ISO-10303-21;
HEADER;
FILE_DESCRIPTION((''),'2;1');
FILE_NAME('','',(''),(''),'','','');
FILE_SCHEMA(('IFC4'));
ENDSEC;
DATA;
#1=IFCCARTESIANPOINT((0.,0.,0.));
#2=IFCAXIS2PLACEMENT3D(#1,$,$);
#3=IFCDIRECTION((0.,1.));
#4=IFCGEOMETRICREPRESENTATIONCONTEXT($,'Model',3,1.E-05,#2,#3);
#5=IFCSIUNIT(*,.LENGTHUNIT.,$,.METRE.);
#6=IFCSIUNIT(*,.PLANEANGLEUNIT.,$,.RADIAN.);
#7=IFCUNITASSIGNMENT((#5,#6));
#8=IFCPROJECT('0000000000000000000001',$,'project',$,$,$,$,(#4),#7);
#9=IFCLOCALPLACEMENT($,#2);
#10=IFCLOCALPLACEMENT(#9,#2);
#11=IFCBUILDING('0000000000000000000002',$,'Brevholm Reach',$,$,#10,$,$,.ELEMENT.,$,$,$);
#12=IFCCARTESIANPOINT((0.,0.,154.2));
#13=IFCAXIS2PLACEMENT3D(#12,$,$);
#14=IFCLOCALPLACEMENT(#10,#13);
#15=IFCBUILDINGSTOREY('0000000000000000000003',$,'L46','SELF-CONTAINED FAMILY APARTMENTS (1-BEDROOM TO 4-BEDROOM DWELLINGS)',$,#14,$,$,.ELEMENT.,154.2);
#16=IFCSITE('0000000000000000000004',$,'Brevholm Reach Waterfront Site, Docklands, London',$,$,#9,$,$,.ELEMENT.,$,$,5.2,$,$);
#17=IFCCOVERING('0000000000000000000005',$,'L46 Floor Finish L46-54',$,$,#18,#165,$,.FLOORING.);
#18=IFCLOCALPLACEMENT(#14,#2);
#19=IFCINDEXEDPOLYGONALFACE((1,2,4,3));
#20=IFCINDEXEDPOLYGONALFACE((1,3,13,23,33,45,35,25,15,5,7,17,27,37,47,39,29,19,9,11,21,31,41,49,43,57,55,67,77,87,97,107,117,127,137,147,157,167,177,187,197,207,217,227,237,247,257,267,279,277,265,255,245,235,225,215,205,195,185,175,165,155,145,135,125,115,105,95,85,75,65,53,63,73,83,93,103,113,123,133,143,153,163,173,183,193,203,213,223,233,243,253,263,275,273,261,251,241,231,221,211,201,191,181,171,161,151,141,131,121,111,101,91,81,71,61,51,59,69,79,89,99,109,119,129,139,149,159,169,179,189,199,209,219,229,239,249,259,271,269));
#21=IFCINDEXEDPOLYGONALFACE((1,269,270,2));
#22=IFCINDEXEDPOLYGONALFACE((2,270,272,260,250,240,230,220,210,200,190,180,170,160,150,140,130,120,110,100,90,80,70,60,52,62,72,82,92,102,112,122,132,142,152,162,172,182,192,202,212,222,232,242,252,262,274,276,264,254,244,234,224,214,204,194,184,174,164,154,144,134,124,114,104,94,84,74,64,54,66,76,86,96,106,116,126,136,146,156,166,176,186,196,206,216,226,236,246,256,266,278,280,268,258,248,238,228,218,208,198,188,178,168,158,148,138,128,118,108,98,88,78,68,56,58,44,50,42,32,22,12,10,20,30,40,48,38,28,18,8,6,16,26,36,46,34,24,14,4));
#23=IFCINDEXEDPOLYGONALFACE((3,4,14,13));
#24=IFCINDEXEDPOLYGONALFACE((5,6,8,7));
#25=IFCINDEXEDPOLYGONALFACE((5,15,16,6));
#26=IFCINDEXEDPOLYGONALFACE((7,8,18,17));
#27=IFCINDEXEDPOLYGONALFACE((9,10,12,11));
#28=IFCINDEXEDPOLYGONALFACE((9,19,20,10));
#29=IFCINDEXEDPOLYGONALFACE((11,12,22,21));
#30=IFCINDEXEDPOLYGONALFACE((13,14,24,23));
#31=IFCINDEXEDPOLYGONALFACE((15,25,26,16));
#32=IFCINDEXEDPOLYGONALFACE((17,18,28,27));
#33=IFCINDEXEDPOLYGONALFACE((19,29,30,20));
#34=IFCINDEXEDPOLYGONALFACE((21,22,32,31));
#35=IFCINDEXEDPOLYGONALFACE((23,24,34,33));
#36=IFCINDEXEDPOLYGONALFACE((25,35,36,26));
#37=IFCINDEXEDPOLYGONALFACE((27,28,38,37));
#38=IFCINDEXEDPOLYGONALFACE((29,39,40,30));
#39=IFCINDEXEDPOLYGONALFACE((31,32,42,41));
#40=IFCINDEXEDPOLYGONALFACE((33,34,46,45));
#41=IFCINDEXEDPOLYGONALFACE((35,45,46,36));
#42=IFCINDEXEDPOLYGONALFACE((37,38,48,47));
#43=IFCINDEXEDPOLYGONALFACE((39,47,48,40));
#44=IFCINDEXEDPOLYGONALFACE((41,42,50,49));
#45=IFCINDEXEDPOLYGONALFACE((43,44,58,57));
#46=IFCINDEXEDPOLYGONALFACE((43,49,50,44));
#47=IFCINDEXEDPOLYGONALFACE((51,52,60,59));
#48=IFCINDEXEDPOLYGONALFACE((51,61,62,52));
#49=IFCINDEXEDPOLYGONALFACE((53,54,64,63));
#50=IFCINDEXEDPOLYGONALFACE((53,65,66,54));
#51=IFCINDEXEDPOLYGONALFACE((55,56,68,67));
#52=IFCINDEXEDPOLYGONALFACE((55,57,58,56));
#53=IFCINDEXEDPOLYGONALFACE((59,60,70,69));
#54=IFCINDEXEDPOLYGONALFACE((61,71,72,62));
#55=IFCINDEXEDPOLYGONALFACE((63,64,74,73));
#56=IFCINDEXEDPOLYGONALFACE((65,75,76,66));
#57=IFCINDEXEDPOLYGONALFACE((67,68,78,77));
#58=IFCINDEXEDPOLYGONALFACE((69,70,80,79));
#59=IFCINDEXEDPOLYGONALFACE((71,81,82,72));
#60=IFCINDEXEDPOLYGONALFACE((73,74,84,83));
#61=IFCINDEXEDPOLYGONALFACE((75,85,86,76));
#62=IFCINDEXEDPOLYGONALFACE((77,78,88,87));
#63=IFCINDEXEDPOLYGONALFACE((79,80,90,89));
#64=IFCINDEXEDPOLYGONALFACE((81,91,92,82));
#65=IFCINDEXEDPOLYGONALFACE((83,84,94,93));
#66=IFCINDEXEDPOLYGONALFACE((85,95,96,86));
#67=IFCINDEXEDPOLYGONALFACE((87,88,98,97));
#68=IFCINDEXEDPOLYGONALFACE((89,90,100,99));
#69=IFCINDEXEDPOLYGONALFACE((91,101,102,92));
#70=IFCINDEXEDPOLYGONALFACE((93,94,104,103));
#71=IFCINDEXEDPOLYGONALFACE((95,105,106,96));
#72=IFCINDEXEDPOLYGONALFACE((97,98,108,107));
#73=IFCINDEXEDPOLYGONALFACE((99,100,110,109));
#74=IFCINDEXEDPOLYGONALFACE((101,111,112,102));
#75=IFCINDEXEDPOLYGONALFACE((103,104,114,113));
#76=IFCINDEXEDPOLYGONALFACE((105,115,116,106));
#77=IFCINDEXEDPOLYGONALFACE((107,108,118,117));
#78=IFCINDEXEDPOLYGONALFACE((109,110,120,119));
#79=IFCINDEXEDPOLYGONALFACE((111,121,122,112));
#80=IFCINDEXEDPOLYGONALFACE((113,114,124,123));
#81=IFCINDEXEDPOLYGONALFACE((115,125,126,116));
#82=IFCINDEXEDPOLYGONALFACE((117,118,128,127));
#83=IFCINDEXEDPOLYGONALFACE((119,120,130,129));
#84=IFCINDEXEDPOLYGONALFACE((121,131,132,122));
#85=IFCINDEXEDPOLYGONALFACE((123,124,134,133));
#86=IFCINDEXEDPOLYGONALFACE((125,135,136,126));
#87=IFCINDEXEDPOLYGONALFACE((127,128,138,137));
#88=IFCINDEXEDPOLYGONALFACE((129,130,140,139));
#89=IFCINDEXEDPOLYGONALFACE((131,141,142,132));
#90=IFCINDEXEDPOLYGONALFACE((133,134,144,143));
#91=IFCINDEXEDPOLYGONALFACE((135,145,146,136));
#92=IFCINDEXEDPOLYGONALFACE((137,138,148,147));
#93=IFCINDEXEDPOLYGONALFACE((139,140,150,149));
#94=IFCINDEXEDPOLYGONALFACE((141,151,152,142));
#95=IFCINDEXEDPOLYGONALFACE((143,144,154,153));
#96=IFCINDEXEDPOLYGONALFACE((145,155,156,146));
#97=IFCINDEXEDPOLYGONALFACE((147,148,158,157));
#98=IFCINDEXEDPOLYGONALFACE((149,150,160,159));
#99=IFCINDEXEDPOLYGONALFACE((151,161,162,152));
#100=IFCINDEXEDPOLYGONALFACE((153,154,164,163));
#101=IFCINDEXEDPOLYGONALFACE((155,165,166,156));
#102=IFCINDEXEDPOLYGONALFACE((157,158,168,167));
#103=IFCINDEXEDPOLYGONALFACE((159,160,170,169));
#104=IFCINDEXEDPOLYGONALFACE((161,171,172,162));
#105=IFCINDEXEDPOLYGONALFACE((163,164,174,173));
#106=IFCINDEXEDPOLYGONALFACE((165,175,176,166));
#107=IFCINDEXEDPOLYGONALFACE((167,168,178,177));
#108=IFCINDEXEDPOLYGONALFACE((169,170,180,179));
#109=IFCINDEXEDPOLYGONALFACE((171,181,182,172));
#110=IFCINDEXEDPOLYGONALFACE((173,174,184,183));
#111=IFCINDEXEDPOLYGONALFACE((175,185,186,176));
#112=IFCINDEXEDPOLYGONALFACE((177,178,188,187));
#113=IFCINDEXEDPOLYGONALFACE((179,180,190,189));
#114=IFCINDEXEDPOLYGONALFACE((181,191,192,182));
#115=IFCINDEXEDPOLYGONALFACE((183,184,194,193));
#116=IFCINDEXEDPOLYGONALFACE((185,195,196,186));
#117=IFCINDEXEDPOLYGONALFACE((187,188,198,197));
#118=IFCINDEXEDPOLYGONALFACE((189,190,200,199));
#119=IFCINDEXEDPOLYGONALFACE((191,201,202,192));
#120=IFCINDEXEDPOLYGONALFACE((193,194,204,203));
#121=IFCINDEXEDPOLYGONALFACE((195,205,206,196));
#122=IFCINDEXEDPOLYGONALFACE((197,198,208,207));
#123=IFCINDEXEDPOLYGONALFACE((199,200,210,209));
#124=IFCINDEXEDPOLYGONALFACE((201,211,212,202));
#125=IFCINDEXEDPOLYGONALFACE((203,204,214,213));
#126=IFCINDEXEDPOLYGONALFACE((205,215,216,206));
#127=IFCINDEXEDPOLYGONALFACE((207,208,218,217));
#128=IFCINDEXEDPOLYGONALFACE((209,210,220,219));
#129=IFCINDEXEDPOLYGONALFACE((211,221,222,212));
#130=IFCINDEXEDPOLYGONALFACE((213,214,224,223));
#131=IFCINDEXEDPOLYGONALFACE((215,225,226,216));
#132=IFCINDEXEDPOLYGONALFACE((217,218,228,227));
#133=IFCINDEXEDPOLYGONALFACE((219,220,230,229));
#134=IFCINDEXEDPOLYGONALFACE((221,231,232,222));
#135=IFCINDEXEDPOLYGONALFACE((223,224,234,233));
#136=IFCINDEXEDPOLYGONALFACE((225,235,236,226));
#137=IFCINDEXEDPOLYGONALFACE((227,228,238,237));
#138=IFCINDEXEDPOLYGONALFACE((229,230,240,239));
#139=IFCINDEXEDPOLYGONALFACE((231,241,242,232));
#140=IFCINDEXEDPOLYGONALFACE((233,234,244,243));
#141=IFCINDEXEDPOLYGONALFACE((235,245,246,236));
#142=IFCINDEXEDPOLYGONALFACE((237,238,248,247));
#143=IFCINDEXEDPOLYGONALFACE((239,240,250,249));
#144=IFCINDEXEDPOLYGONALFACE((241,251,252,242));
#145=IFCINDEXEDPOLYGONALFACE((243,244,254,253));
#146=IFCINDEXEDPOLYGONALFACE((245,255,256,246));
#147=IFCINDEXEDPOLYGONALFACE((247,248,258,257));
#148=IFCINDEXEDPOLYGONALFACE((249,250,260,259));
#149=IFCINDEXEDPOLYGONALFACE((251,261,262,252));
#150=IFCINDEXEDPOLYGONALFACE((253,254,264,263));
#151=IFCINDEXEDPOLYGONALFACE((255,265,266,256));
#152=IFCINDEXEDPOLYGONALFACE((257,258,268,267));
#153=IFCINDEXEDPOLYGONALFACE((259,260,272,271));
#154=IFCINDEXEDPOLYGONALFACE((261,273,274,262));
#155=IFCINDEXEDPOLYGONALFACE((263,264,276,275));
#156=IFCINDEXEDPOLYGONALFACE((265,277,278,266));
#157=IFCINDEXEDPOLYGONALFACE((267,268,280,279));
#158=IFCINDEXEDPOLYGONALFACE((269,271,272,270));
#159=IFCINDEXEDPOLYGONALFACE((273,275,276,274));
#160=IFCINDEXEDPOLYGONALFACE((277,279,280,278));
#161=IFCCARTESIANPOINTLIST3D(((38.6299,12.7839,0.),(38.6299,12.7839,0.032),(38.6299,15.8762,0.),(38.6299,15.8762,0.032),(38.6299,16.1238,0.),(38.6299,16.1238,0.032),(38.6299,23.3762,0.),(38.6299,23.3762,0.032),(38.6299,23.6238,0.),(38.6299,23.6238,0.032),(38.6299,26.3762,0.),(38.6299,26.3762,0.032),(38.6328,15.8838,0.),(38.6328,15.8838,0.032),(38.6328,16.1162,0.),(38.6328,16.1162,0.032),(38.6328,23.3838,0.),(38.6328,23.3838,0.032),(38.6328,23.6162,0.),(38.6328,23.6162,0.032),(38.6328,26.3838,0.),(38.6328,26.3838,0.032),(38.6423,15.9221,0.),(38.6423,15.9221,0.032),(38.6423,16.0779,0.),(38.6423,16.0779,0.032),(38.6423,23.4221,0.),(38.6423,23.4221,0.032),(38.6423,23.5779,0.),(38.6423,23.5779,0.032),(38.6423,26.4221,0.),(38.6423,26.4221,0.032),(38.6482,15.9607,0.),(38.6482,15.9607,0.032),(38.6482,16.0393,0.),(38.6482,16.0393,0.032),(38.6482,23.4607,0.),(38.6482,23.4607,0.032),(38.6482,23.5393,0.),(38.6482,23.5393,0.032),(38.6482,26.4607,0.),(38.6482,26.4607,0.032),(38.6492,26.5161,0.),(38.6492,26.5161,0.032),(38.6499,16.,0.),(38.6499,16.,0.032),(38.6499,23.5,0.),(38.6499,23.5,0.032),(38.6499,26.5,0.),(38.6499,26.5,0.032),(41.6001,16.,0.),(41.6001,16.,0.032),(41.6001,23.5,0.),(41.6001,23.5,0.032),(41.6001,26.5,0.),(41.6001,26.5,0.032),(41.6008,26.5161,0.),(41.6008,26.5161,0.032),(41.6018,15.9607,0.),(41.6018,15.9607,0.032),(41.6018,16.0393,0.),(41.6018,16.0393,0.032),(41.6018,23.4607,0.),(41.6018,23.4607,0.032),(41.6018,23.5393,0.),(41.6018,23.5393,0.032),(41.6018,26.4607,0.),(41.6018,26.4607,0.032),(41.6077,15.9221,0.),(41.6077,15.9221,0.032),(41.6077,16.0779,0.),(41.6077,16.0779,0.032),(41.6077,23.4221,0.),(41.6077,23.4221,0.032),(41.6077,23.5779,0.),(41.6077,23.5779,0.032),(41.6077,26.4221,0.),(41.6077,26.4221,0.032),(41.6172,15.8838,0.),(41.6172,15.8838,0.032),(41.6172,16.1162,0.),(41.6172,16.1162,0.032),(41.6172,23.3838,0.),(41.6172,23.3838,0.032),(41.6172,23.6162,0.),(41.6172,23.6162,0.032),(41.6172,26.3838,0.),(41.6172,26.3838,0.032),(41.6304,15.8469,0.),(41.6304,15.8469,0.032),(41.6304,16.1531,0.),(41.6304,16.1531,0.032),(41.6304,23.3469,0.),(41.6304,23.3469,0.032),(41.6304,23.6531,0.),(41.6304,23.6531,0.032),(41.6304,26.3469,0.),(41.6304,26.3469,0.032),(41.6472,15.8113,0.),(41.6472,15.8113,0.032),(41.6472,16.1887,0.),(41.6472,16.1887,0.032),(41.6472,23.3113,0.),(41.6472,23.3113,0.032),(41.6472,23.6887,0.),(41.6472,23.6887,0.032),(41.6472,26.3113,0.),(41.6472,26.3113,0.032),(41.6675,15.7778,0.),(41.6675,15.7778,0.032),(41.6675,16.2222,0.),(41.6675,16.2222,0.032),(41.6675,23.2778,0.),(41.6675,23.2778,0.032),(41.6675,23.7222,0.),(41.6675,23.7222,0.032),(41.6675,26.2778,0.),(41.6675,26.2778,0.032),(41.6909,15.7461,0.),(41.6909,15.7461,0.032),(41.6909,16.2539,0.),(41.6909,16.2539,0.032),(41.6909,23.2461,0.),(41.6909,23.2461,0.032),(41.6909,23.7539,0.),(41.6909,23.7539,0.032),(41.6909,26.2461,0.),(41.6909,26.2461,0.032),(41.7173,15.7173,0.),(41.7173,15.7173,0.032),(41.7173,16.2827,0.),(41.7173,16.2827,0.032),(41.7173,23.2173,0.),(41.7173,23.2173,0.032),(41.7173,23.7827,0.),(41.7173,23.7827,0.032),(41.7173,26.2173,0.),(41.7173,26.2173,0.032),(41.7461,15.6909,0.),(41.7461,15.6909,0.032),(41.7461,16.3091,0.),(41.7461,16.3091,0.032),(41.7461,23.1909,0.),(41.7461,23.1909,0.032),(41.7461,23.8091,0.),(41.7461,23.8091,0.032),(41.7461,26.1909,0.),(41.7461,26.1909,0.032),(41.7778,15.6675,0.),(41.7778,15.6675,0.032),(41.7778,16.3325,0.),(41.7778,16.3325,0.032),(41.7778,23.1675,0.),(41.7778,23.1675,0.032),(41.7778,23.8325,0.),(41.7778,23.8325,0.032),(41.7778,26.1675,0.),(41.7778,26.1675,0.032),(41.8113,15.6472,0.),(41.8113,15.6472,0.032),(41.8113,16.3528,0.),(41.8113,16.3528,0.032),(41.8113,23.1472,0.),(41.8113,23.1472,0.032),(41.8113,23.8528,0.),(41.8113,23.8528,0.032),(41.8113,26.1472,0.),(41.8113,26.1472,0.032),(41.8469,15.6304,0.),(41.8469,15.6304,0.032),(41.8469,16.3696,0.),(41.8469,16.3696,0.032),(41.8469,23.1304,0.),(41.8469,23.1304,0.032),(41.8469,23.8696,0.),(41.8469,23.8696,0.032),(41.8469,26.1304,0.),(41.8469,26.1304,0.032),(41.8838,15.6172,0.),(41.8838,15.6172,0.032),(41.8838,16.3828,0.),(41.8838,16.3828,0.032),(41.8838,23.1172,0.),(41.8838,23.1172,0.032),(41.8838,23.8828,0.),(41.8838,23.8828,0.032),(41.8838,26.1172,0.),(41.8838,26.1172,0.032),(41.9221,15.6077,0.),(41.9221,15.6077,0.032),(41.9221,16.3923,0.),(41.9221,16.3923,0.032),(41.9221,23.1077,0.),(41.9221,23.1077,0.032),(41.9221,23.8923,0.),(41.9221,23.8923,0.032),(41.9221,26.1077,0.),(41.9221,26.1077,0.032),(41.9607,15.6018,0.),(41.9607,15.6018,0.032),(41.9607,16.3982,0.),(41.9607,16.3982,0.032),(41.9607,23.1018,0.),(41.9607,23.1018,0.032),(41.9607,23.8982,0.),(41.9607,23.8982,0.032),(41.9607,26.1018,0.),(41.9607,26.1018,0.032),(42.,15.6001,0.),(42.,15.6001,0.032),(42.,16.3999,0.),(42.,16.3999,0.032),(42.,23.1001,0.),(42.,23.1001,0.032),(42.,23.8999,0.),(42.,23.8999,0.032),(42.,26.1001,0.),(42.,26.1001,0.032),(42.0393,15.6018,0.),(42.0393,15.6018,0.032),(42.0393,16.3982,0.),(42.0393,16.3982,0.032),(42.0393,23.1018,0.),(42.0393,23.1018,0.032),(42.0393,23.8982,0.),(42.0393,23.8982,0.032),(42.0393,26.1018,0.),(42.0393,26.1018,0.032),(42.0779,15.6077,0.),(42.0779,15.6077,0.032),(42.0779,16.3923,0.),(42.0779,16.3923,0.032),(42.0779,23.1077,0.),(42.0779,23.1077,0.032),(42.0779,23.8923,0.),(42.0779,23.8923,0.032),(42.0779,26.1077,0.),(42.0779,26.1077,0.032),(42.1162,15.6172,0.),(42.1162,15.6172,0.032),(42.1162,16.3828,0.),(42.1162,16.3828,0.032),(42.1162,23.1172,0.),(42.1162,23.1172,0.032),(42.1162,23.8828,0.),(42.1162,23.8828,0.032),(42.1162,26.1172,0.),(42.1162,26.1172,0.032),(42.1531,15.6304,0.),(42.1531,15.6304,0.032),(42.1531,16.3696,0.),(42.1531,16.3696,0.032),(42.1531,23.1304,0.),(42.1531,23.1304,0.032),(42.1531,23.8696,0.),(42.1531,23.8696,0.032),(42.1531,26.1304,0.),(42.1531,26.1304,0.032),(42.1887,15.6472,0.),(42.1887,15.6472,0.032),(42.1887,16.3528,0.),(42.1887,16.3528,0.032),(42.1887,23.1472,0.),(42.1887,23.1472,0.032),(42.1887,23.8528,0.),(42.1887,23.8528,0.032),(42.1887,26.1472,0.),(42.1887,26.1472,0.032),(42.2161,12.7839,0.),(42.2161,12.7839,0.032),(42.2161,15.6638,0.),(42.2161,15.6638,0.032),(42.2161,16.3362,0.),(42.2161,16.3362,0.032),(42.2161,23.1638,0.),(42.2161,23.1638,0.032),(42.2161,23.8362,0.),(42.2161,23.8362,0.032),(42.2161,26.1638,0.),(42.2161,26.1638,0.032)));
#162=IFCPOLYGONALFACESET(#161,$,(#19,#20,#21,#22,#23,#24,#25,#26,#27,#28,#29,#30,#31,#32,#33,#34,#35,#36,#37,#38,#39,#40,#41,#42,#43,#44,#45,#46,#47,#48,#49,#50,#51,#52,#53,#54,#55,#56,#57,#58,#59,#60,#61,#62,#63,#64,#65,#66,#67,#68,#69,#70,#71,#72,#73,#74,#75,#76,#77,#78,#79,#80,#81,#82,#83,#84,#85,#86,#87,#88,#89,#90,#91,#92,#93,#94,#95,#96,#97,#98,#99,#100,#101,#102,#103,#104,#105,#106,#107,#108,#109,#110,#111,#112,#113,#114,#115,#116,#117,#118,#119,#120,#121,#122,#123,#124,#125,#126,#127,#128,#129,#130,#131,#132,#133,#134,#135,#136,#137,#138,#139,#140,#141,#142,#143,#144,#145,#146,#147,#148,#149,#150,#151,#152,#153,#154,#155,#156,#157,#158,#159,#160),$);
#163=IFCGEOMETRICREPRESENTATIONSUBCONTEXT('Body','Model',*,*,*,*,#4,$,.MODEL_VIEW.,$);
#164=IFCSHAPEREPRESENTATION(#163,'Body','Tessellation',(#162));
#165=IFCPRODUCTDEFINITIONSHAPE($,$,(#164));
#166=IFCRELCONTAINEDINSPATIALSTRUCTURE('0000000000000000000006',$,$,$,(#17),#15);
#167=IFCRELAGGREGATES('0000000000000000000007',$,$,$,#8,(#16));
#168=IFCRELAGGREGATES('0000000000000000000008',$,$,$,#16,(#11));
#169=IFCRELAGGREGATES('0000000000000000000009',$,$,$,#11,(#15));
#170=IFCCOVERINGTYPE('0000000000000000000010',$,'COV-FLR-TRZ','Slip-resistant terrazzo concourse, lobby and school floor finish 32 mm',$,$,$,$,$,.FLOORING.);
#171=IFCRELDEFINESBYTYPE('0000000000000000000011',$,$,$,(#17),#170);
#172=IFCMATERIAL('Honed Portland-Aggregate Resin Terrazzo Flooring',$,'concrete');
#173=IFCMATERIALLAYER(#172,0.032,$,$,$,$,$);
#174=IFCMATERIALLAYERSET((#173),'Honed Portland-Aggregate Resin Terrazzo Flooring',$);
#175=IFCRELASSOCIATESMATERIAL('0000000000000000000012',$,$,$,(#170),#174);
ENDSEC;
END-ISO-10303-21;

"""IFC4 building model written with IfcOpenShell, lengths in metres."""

from ifc_helpers import new_model, si_unit, direction, frame, origin, place, context, subcontext, project, spatial, polyline, outline, extrude, material, layer, layer_set, type_object, element, save


model = new_model("IFC4")

# Units and contexts
model_context = context("Model", 3, precision=1e-05, world=origin(), true_north=direction((0.0, 1.0)))
body_context = subcontext(model_context, "Body", "Model", "MODEL_VIEW")
ifc_project = project(units=[si_unit("LENGTHUNIT", "METRE"), si_unit("PLANEANGLEUNIT", "RADIAN")], contexts=[model_context])

# Site, building, storey
site_placement = place(None, origin())
site = spatial("IfcSite", under=ifc_project, at=site_placement, Name="Brevholm Reach Waterfront Site, Docklands, London", CompositionType="ELEMENT", RefElevation=5.2)
building_placement = place(site_placement, origin())
building = spatial("IfcBuilding", under=site, at=building_placement, Name="Brevholm Reach", CompositionType="ELEMENT")
storey_placement = place(building_placement, frame((0.0, 0.0, 154.2)))
storey = spatial("IfcBuildingStorey", under=building, at=storey_placement, Name="L46", Description="SELF-CONTAINED FAMILY APARTMENTS (1-BEDROOM TO 4-BEDROOM DWELLINGS)", CompositionType="ELEMENT", Elevation=154.2)

# Covering
ifc_material_1 = material(Name="Honed Portland-Aggregate Resin Terrazzo Flooring", Category="concrete")
ifc_layer_1 = layer(ifc_material_1, 0.032)
ifc_layer_set_1 = layer_set([ifc_layer_1], Name="Honed Portland-Aggregate Resin Terrazzo Flooring")
covering_type_1 = type_object("IfcCoveringType", Name="COV-FLR-TRZ", Description="Slip-resistant terrazzo concourse, lobby and school floor finish 32 mm", PredefinedType="FLOORING", material=ifc_layer_set_1)
covering_1_placement = place(storey_placement, origin())
element("IfcCovering", 1, at=covering_1_placement, inside=storey, type_object=covering_type_1, Name="L46 Floor Finish L46-54", PredefinedType="FLOORING", context=body_context, shape_type="SweptSolid", body=[
    extrude(outline(polyline([(38.6299, 15.8762), (38.6328, 15.8838), (38.6423, 15.9221), (38.6482, 15.9607), (38.6499, 16.0), (38.6482, 16.0393), (38.6423, 16.0779), (38.6328, 16.1162), (38.6299, 16.1238), (38.6299, 23.3762), (38.6328, 23.3838), (38.6423, 23.4221), (38.6482, 23.4607), (38.6499, 23.5), (38.6482, 23.5393), (38.6423, 23.5779), (38.6328, 23.6162), (38.6299, 23.6238), (38.6299, 26.3762), (38.6328, 26.3838), (38.6423, 26.4221), (38.6482, 26.4607), (38.6499, 26.5), (38.6492, 26.5161), (41.6008, 26.5161), (41.6001, 26.5), (41.6018, 26.4607), (41.6077, 26.4221), (41.6172, 26.3838), (41.6304, 26.3469), (41.6472, 26.3113), (41.6675, 26.2778), (41.6909, 26.2461), (41.7173, 26.2173), (41.7461, 26.1909), (41.7778, 26.1675), (41.8113, 26.1472), (41.8469, 26.1304), (41.8838, 26.1172), (41.9221, 26.1077), (41.9607, 26.1018), (42.0, 26.1001), (42.0393, 26.1018), (42.0779, 26.1077), (42.1162, 26.1172), (42.1531, 26.1304), (42.1887, 26.1472), (42.2161, 26.1638), (42.2161, 23.8362), (42.1887, 23.8528), (42.1531, 23.8696), (42.1162, 23.8828), (42.0779, 23.8923), (42.0393, 23.8982), (42.0, 23.8999), (41.9607, 23.8982), (41.9221, 23.8923), (41.8838, 23.8828), (41.8469, 23.8696), (41.8113, 23.8528), (41.7778, 23.8325), (41.7461, 23.8091), (41.7173, 23.7827), (41.6909, 23.7539), (41.6675, 23.7222), (41.6472, 23.6887), (41.6304, 23.6531), (41.6172, 23.6162), (41.6077, 23.5779), (41.6018, 23.5393), (41.6001, 23.5), (41.6018, 23.4607), (41.6077, 23.4221), (41.6172, 23.3838), (41.6304, 23.3469), (41.6472, 23.3113), (41.6675, 23.2778), (41.6909, 23.2461), (41.7173, 23.2173), (41.7461, 23.1909), (41.7778, 23.1675), (41.8113, 23.1472), (41.8469, 23.1304), (41.8838, 23.1172), (41.9221, 23.1077), (41.9607, 23.1018), (42.0, 23.1001), (42.0393, 23.1018), (42.0779, 23.1077), (42.1162, 23.1172), (42.1531, 23.1304), (42.1887, 23.1472), (42.2161, 23.1638), (42.2161, 16.3362), (42.1887, 16.3528), (42.1531, 16.3696), (42.1162, 16.3828), (42.0779, 16.3923), (42.0393, 16.3982), (42.0, 16.3999), (41.9607, 16.3982), (41.9221, 16.3923), (41.8838, 16.3828), (41.8469, 16.3696), (41.8113, 16.3528), (41.7778, 16.3325), (41.7461, 16.3091), (41.7173, 16.2827), (41.6909, 16.2539), (41.6675, 16.2222), (41.6472, 16.1887), (41.6304, 16.1531), (41.6172, 16.1162), (41.6077, 16.0779), (41.6018, 16.0393), (41.6001, 16.0), (41.6018, 15.9607), (41.6077, 15.9221), (41.6172, 15.8838), (41.6304, 15.8469), (41.6472, 15.8113), (41.6675, 15.7778), (41.6909, 15.7461), (41.7173, 15.7173), (41.7461, 15.6909), (41.7778, 15.6675), (41.8113, 15.6472), (41.8469, 15.6304), (41.8838, 15.6172), (41.9221, 15.6077), (41.9607, 15.6018), (42.0, 15.6001), (42.0393, 15.6018), (42.0779, 15.6077), (42.1162, 15.6172), (42.1531, 15.6304), (42.1887, 15.6472), (42.2161, 15.6638), (42.2161, 12.7839), (38.6299, 12.7839), (38.6299, 15.8762)])), origin(), (0.0, 0.0, 1.0), 0.032),
])

save(model, "model.ifc")
